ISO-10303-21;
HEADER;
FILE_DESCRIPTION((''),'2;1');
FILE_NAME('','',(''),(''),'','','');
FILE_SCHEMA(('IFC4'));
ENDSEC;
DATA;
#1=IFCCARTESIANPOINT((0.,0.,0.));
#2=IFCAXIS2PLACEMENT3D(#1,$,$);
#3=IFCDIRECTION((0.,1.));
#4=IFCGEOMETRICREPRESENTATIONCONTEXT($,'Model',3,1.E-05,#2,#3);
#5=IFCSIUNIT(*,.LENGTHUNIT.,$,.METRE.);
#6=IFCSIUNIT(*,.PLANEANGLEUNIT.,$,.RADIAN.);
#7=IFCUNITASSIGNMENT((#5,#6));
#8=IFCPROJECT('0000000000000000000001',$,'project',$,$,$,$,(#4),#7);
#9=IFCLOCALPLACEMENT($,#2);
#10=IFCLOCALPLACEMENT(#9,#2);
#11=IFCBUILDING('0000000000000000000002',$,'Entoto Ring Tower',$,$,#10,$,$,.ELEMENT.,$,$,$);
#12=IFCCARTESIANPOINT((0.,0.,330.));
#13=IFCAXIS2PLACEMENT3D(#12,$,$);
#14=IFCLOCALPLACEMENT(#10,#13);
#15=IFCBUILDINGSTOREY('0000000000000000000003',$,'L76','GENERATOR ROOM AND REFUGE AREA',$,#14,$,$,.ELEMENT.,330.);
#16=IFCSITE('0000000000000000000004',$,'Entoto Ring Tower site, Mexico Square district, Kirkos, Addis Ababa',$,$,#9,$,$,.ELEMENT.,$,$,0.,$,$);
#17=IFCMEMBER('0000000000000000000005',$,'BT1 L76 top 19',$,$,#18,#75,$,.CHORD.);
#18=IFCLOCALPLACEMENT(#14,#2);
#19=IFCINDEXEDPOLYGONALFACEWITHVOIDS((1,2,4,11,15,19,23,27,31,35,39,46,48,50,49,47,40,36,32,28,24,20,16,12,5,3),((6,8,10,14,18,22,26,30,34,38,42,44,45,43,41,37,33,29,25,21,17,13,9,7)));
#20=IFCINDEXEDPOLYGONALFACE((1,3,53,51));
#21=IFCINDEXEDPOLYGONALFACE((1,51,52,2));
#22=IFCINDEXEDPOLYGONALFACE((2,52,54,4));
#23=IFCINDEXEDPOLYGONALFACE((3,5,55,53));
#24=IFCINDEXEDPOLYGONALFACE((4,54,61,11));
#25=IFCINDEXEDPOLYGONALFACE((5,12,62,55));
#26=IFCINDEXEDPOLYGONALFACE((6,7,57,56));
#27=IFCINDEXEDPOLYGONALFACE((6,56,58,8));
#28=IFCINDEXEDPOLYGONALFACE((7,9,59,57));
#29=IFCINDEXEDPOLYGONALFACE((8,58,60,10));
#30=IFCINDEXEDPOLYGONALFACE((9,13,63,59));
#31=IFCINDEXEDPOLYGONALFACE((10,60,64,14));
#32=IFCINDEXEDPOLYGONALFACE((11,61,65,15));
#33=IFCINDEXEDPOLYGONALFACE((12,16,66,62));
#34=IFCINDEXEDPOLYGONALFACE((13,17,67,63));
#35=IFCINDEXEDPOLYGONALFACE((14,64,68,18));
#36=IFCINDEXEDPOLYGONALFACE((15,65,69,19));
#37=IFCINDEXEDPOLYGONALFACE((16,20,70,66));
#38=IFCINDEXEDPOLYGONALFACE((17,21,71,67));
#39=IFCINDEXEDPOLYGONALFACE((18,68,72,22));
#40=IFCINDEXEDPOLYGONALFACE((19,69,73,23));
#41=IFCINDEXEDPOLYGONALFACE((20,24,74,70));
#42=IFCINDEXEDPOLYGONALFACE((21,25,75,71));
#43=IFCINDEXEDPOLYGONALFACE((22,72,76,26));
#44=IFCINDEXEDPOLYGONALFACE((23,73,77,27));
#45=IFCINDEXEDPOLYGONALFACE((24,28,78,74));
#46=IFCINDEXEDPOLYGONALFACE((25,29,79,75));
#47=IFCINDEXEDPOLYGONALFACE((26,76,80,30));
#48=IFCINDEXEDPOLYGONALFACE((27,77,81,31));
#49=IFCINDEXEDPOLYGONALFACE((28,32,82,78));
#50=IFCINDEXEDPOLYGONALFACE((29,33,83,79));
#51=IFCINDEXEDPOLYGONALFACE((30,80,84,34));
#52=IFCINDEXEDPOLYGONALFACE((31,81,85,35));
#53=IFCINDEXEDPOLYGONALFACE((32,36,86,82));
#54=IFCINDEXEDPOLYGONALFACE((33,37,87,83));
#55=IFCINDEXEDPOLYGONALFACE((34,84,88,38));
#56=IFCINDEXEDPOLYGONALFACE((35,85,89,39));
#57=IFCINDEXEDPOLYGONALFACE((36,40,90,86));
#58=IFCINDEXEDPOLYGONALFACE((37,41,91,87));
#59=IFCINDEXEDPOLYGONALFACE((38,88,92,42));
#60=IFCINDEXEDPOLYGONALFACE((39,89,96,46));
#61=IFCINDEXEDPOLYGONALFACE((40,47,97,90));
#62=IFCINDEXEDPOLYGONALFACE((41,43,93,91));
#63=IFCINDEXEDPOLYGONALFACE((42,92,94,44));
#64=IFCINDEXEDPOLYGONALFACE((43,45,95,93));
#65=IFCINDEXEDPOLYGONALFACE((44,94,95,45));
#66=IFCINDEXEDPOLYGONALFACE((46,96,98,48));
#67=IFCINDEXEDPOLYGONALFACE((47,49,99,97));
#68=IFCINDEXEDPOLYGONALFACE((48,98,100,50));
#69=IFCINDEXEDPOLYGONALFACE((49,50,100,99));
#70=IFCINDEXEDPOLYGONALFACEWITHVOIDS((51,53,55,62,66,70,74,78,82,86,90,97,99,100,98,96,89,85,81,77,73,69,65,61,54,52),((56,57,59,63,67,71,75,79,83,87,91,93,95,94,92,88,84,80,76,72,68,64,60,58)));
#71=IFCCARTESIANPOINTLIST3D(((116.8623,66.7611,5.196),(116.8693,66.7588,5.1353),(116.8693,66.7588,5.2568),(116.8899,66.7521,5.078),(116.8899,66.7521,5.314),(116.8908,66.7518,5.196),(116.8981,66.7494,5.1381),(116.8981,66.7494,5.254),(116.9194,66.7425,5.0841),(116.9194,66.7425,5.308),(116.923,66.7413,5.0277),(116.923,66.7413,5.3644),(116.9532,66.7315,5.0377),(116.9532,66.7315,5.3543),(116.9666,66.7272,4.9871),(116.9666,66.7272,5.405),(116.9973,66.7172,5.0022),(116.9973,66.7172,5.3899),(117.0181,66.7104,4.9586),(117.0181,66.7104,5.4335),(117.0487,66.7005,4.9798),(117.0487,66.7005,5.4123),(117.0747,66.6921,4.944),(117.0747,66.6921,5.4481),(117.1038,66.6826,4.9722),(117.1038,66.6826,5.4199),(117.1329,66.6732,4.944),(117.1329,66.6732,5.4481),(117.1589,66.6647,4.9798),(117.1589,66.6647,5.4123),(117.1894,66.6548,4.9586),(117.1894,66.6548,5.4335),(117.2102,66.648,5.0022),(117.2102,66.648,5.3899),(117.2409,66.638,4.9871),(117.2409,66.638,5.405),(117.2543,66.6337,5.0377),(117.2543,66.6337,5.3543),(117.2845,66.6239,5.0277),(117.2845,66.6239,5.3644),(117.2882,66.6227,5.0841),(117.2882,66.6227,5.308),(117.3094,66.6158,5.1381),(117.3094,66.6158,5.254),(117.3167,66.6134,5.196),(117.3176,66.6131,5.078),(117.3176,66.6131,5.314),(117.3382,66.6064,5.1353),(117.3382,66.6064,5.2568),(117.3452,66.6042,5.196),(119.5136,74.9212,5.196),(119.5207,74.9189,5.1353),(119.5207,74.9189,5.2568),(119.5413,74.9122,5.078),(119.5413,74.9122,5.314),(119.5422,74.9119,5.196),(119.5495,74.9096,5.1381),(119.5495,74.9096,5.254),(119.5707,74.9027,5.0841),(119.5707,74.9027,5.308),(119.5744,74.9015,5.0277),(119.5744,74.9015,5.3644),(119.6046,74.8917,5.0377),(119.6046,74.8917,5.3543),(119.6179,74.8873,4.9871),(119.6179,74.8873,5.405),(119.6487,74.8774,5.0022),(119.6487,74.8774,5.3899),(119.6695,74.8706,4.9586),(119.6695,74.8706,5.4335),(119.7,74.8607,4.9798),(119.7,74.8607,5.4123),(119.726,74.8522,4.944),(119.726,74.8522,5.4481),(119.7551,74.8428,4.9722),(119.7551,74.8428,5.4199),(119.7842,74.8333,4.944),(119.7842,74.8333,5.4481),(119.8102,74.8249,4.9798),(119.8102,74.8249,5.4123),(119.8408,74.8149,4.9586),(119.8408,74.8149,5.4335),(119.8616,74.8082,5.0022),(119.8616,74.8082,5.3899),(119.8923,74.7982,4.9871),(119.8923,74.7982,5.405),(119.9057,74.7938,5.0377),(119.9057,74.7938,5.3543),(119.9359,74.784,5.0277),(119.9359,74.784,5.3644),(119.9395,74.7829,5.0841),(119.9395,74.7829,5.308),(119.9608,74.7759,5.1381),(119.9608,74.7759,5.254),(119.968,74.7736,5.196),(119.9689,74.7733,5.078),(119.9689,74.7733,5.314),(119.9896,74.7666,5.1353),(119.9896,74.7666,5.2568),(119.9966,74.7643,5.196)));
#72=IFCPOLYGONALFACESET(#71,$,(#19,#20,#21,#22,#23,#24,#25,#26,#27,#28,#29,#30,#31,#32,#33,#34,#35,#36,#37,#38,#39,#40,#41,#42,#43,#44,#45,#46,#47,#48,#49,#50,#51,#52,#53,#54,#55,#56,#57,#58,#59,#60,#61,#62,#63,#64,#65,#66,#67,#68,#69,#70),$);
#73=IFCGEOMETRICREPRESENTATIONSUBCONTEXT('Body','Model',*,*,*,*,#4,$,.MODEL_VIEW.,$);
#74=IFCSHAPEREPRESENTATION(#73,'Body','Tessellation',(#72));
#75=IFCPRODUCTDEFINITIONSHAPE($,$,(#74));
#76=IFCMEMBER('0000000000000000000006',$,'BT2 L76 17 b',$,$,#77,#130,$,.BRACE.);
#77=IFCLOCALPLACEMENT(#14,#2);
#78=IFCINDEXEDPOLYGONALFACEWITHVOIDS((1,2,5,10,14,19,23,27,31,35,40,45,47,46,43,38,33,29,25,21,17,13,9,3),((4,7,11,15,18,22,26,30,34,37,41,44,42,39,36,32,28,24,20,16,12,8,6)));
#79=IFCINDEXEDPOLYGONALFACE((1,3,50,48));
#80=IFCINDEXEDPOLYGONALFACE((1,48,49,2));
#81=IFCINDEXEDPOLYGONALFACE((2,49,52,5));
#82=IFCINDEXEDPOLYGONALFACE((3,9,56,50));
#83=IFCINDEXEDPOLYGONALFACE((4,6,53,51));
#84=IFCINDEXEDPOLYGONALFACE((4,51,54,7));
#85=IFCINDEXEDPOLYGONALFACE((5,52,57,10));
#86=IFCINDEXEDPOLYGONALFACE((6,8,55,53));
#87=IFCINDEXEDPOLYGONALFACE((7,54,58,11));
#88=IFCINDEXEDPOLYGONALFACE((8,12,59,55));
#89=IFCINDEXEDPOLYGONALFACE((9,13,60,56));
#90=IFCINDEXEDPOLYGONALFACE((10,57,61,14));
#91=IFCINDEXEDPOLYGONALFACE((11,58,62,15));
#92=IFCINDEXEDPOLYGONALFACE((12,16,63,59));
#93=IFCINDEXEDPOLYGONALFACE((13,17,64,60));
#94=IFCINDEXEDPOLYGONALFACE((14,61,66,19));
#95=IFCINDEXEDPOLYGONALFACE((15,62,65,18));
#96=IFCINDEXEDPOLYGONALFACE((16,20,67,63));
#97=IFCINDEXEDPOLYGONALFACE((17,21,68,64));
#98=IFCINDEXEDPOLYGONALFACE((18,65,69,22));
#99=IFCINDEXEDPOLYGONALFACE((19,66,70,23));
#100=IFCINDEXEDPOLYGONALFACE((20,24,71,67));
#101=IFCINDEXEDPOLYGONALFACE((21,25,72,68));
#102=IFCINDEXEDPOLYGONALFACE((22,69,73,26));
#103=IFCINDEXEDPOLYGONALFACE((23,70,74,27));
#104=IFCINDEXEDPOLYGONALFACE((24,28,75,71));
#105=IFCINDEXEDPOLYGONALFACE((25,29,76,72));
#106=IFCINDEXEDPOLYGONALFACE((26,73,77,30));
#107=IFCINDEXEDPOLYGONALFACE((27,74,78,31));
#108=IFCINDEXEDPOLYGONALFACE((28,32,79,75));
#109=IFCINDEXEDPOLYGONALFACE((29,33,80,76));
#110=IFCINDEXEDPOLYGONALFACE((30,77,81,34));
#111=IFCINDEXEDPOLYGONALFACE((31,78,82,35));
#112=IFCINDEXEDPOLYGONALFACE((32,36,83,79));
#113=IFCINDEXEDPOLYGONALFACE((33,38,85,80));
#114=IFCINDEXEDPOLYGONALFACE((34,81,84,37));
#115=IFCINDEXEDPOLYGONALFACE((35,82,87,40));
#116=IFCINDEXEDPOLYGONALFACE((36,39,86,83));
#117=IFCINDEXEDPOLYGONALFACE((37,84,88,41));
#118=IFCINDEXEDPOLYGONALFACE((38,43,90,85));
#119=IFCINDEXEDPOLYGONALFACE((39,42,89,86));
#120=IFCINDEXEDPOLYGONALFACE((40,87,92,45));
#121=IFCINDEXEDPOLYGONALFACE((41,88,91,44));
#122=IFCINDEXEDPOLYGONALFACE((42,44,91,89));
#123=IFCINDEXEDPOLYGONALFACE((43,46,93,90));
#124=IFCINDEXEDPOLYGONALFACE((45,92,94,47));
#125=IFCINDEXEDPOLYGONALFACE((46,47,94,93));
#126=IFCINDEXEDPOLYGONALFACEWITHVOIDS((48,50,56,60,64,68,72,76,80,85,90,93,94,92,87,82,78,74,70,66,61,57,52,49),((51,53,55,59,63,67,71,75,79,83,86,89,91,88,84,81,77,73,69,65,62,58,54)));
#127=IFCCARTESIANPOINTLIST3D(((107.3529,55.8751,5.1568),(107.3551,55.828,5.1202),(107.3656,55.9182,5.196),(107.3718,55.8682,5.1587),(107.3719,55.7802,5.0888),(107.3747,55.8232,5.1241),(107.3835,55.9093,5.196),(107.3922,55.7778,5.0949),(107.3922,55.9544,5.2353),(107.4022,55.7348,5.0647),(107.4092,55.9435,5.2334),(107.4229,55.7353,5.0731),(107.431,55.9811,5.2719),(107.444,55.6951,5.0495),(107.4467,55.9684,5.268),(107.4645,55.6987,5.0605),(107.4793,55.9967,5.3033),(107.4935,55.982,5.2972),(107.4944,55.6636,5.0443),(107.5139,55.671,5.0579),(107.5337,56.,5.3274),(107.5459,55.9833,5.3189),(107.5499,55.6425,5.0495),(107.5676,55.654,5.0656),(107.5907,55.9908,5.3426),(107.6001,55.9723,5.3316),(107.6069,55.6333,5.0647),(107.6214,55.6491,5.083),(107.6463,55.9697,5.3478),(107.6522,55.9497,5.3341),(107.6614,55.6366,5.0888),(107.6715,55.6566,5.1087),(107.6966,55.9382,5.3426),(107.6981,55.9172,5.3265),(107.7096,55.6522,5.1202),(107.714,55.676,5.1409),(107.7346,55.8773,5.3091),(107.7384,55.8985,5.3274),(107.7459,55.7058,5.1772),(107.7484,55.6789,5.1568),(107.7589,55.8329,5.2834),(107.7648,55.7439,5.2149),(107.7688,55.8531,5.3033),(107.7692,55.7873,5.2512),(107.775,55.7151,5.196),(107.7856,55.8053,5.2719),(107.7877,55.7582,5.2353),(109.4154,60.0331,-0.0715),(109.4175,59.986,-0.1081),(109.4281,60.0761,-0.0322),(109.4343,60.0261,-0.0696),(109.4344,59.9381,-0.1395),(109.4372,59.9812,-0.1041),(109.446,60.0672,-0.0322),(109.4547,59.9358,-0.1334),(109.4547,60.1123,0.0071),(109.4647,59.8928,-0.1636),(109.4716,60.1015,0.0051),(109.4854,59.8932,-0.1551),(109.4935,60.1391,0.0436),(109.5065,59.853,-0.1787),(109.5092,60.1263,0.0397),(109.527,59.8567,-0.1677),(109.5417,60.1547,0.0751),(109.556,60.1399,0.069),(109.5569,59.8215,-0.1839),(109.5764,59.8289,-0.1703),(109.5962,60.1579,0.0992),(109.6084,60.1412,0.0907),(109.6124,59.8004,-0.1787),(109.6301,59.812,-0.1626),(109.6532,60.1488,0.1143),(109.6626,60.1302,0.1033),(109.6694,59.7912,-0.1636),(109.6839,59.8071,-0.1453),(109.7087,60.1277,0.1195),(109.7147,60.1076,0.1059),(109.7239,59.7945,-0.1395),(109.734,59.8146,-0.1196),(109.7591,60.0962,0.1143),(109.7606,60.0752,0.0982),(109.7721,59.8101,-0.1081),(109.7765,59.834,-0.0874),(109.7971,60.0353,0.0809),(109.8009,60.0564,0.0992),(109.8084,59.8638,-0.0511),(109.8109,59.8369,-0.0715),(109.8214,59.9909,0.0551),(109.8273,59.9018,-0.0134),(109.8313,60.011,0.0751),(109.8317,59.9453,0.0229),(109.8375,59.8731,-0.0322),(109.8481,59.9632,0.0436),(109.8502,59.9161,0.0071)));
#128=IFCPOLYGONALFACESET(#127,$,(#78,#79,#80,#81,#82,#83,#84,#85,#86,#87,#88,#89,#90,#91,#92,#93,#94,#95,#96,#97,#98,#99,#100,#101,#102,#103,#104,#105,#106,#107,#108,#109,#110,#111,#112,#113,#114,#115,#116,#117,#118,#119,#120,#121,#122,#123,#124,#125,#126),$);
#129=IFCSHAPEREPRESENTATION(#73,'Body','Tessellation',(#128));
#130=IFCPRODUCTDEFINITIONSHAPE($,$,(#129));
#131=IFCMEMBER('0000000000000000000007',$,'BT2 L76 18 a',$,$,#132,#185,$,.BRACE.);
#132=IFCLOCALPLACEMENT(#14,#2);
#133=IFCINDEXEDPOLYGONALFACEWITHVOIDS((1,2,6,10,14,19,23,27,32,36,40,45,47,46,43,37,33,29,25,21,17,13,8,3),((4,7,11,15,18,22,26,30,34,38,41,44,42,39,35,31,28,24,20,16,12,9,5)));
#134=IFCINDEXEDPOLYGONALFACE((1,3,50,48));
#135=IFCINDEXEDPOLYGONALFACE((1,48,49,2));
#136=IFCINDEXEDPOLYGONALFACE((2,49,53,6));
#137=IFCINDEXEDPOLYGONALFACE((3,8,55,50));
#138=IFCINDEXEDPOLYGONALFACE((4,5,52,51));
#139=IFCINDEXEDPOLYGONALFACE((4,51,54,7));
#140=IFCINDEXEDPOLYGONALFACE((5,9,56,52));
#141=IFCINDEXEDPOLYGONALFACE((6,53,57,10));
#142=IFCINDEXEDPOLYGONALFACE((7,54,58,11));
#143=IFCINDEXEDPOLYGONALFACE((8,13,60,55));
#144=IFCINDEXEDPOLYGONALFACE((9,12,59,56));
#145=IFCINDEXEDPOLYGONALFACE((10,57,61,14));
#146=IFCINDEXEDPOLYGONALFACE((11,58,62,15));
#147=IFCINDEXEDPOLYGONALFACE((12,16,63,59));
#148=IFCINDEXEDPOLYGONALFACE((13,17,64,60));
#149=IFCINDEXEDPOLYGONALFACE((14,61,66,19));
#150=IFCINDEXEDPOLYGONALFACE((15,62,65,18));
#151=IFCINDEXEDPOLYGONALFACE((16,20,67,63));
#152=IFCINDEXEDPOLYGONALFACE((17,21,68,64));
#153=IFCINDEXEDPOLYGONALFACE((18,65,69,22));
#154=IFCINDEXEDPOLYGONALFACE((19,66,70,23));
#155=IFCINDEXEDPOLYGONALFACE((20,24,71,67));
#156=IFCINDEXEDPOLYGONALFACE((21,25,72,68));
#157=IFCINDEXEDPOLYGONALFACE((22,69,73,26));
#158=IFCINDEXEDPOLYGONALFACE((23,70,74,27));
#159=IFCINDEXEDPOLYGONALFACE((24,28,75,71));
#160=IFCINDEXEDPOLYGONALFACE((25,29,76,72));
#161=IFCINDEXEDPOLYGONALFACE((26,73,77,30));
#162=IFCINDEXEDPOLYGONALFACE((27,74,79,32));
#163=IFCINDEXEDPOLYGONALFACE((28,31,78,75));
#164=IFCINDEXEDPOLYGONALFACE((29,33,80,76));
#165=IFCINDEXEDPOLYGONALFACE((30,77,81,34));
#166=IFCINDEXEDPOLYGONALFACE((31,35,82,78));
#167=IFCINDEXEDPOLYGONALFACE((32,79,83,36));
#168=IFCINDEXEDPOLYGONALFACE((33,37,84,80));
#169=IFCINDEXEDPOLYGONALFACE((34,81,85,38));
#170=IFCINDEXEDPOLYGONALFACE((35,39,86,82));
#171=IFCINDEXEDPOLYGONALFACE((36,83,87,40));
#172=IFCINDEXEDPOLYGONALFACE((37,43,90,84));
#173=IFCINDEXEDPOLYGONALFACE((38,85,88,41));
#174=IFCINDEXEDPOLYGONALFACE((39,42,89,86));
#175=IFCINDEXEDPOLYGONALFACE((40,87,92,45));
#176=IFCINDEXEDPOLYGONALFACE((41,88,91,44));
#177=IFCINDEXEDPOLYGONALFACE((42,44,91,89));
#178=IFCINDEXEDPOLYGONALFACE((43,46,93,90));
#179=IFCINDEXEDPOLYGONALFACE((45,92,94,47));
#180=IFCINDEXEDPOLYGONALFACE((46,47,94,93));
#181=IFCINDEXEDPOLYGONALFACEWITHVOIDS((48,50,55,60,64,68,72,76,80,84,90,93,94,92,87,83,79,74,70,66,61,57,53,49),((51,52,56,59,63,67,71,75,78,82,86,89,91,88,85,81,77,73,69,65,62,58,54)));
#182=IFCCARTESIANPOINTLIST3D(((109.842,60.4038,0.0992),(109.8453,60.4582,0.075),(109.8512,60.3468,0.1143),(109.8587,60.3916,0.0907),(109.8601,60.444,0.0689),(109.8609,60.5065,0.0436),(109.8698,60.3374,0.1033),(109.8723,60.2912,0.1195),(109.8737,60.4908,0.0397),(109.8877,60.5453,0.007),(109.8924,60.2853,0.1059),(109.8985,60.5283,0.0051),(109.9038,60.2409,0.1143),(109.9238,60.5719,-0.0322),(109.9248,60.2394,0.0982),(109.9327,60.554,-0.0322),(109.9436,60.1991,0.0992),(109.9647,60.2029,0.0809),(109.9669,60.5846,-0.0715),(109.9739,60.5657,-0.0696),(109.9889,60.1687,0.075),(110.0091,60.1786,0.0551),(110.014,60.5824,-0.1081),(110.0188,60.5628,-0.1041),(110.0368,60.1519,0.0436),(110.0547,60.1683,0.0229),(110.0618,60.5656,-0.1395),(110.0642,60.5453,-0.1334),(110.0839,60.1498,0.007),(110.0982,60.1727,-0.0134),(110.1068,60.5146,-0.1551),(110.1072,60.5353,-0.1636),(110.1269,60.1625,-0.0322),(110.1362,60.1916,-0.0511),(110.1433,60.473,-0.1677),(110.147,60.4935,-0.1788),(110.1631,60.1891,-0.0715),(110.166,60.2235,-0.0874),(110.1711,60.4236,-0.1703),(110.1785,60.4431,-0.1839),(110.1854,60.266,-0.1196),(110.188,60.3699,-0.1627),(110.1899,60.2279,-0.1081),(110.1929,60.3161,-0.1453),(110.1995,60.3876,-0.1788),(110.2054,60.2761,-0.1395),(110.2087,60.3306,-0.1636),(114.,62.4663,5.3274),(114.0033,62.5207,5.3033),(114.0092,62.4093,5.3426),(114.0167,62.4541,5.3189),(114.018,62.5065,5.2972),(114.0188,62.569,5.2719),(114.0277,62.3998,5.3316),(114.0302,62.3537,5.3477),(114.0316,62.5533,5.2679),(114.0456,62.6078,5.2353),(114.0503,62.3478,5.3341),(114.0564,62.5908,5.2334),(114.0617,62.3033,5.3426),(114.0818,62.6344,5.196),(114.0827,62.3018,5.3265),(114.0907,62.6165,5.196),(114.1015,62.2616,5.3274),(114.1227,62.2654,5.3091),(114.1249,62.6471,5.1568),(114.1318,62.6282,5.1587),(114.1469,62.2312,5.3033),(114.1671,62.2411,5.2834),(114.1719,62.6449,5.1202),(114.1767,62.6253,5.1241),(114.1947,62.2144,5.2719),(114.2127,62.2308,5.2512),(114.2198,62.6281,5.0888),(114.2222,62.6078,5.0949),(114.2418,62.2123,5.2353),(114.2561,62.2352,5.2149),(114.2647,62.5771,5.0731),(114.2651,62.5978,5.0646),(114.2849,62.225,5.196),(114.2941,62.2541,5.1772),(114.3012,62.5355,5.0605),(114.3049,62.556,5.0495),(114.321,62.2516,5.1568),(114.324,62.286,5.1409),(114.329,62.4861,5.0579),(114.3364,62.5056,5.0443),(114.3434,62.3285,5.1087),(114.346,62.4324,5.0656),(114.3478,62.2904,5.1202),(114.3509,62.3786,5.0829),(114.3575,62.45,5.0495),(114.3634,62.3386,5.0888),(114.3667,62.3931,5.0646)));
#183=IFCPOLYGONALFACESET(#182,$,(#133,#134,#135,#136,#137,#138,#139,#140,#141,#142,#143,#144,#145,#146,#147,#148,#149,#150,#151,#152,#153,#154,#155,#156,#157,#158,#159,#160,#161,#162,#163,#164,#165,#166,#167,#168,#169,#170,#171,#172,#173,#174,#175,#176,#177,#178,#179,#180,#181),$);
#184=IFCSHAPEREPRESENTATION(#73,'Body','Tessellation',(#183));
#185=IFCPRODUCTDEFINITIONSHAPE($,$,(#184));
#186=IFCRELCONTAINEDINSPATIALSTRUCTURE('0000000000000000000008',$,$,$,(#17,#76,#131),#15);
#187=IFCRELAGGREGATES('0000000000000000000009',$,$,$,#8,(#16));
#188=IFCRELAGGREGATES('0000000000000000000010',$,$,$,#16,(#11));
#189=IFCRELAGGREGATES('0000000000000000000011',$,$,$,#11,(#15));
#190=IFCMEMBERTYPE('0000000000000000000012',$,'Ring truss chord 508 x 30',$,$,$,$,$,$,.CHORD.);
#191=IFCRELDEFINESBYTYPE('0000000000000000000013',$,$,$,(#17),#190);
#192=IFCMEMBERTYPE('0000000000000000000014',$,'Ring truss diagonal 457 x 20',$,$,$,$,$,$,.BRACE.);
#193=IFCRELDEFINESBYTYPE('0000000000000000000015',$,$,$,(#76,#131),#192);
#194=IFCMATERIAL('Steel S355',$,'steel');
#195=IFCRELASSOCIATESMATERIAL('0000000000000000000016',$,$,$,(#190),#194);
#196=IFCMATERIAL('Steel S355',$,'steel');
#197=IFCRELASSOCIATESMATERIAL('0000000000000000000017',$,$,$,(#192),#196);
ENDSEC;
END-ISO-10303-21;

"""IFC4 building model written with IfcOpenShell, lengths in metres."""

from ifc_helpers import new_model, si_unit, direction, frame, origin, origin_2d, place, context, subcontext, project, spatial, circle, hollow_circle, extrude, material, material_profile, profile_set, type_object, element, save


model = new_model("IFC4")

# Units and contexts
model_context = context("Model", 3, precision=1e-05, world=origin(), true_north=direction((0.0, 1.0)))
body_context = subcontext(model_context, "Body", "Model", "MODEL_VIEW")
ifc_project = project(units=[si_unit("LENGTHUNIT", "METRE"), si_unit("PLANEANGLEUNIT", "RADIAN")], contexts=[model_context])

# Site, building, storey
site_placement = place(None, origin())
site = spatial("IfcSite", under=ifc_project, at=site_placement, Name="Entoto Ring Tower site, Mexico Square district, Kirkos, Addis Ababa", CompositionType="ELEMENT", RefElevation=0.0)
building_placement = place(site_placement, origin())
building = spatial("IfcBuilding", under=site, at=building_placement, Name="Entoto Ring Tower", CompositionType="ELEMENT")
storey_placement = place(building_placement, frame((0.0, 0.0, 330.0)))
storey = spatial("IfcBuildingStorey", under=building, at=storey_placement, Name="L76", Description="GENERATOR ROOM AND REFUGE AREA", CompositionType="ELEMENT", Elevation=330.0)

# Members
ifc_material_1 = material(Name="Steel S355", Category="steel")
ifc_material_profile_1 = material_profile(ifc_material_1, hollow_circle(Radius=0.2539, WallThickness=0.03, at=origin_2d()), Name="CHS 508 x 30")
ifc_material_2 = material(Name="Concrete C60/75", Category="concrete")
ifc_material_profile_2 = material_profile(ifc_material_2, circle(Radius=0.2241, at=origin_2d()), Name="Concrete C60/75 infill")
ifc_profile_set_1 = profile_set([ifc_material_profile_1, ifc_material_profile_2], Name="Steel S355")
member_type_1 = type_object("IfcMemberType", Name="Ring truss chord 508 x 30", PredefinedType="CHORD", material=ifc_profile_set_1)
member_1_placement = place(storey_placement, frame((117.1038, 66.6826, 5.196), z_axis=(0.309014, 0.951057, 0.0), x_axis=(-0.951057, 0.309014, 0.0)))
element("IfcMember", 1, at=member_1_placement, inside=storey, type_object=member_type_1, Name="BT1 L76 top 19", PredefinedType="CHORD", context=body_context, shape_type="SweptSolid", body=[
    extrude(hollow_circle(Radius=0.2539, WallThickness=0.03, at=origin_2d()), origin(), (0.0, 0.0, 1.0), 8.5801),
])
ifc_material_3 = material(Name="Steel S355", Category="steel")
ifc_material_profile_3 = material_profile(ifc_material_3, hollow_circle(Radius=0.2285, WallThickness=0.02, at=origin_2d()), Name="CHS 457 x 20")
ifc_material_4 = material(Name="Concrete C60/75", Category="concrete")
ifc_material_profile_4 = material_profile(ifc_material_4, circle(Radius=0.2085, at=origin_2d()), Name="Concrete C60/75 infill")
ifc_profile_set_2 = profile_set([ifc_material_profile_3, ifc_material_profile_4], Name="Steel S355")
member_type_2 = type_object("IfcMemberType", Name="Ring truss diagonal 457 x 20", PredefinedType="BRACE", material=ifc_profile_set_2)
for number, where, z_axis, x_axis, name in (
    (2, (107.5703, 55.8167, 5.196), (0.295012, 0.594739, -0.747832), (-0.895843, 0.444371, 0.0), "BT2 L76 17 b"),
    (3, (110.0254, 60.3672, -0.0322), (0.594739, 0.295012, 0.747832), (-0.444371, 0.895843, 0.0), "BT2 L76 18 a"),
):
    element("IfcMember", number, at=place(storey_placement, frame(where, z_axis=z_axis, x_axis=x_axis)), inside=storey, type_object=member_type_2, Name=name, PredefinedType="BRACE", context=body_context, shape_type="SweptSolid", body=[
        extrude(hollow_circle(Radius=0.2285, WallThickness=0.02, at=origin_2d()), origin(), (0.0, 0.0, 1.0), 6.9912),
    ])

save(model, "model.ifc")
